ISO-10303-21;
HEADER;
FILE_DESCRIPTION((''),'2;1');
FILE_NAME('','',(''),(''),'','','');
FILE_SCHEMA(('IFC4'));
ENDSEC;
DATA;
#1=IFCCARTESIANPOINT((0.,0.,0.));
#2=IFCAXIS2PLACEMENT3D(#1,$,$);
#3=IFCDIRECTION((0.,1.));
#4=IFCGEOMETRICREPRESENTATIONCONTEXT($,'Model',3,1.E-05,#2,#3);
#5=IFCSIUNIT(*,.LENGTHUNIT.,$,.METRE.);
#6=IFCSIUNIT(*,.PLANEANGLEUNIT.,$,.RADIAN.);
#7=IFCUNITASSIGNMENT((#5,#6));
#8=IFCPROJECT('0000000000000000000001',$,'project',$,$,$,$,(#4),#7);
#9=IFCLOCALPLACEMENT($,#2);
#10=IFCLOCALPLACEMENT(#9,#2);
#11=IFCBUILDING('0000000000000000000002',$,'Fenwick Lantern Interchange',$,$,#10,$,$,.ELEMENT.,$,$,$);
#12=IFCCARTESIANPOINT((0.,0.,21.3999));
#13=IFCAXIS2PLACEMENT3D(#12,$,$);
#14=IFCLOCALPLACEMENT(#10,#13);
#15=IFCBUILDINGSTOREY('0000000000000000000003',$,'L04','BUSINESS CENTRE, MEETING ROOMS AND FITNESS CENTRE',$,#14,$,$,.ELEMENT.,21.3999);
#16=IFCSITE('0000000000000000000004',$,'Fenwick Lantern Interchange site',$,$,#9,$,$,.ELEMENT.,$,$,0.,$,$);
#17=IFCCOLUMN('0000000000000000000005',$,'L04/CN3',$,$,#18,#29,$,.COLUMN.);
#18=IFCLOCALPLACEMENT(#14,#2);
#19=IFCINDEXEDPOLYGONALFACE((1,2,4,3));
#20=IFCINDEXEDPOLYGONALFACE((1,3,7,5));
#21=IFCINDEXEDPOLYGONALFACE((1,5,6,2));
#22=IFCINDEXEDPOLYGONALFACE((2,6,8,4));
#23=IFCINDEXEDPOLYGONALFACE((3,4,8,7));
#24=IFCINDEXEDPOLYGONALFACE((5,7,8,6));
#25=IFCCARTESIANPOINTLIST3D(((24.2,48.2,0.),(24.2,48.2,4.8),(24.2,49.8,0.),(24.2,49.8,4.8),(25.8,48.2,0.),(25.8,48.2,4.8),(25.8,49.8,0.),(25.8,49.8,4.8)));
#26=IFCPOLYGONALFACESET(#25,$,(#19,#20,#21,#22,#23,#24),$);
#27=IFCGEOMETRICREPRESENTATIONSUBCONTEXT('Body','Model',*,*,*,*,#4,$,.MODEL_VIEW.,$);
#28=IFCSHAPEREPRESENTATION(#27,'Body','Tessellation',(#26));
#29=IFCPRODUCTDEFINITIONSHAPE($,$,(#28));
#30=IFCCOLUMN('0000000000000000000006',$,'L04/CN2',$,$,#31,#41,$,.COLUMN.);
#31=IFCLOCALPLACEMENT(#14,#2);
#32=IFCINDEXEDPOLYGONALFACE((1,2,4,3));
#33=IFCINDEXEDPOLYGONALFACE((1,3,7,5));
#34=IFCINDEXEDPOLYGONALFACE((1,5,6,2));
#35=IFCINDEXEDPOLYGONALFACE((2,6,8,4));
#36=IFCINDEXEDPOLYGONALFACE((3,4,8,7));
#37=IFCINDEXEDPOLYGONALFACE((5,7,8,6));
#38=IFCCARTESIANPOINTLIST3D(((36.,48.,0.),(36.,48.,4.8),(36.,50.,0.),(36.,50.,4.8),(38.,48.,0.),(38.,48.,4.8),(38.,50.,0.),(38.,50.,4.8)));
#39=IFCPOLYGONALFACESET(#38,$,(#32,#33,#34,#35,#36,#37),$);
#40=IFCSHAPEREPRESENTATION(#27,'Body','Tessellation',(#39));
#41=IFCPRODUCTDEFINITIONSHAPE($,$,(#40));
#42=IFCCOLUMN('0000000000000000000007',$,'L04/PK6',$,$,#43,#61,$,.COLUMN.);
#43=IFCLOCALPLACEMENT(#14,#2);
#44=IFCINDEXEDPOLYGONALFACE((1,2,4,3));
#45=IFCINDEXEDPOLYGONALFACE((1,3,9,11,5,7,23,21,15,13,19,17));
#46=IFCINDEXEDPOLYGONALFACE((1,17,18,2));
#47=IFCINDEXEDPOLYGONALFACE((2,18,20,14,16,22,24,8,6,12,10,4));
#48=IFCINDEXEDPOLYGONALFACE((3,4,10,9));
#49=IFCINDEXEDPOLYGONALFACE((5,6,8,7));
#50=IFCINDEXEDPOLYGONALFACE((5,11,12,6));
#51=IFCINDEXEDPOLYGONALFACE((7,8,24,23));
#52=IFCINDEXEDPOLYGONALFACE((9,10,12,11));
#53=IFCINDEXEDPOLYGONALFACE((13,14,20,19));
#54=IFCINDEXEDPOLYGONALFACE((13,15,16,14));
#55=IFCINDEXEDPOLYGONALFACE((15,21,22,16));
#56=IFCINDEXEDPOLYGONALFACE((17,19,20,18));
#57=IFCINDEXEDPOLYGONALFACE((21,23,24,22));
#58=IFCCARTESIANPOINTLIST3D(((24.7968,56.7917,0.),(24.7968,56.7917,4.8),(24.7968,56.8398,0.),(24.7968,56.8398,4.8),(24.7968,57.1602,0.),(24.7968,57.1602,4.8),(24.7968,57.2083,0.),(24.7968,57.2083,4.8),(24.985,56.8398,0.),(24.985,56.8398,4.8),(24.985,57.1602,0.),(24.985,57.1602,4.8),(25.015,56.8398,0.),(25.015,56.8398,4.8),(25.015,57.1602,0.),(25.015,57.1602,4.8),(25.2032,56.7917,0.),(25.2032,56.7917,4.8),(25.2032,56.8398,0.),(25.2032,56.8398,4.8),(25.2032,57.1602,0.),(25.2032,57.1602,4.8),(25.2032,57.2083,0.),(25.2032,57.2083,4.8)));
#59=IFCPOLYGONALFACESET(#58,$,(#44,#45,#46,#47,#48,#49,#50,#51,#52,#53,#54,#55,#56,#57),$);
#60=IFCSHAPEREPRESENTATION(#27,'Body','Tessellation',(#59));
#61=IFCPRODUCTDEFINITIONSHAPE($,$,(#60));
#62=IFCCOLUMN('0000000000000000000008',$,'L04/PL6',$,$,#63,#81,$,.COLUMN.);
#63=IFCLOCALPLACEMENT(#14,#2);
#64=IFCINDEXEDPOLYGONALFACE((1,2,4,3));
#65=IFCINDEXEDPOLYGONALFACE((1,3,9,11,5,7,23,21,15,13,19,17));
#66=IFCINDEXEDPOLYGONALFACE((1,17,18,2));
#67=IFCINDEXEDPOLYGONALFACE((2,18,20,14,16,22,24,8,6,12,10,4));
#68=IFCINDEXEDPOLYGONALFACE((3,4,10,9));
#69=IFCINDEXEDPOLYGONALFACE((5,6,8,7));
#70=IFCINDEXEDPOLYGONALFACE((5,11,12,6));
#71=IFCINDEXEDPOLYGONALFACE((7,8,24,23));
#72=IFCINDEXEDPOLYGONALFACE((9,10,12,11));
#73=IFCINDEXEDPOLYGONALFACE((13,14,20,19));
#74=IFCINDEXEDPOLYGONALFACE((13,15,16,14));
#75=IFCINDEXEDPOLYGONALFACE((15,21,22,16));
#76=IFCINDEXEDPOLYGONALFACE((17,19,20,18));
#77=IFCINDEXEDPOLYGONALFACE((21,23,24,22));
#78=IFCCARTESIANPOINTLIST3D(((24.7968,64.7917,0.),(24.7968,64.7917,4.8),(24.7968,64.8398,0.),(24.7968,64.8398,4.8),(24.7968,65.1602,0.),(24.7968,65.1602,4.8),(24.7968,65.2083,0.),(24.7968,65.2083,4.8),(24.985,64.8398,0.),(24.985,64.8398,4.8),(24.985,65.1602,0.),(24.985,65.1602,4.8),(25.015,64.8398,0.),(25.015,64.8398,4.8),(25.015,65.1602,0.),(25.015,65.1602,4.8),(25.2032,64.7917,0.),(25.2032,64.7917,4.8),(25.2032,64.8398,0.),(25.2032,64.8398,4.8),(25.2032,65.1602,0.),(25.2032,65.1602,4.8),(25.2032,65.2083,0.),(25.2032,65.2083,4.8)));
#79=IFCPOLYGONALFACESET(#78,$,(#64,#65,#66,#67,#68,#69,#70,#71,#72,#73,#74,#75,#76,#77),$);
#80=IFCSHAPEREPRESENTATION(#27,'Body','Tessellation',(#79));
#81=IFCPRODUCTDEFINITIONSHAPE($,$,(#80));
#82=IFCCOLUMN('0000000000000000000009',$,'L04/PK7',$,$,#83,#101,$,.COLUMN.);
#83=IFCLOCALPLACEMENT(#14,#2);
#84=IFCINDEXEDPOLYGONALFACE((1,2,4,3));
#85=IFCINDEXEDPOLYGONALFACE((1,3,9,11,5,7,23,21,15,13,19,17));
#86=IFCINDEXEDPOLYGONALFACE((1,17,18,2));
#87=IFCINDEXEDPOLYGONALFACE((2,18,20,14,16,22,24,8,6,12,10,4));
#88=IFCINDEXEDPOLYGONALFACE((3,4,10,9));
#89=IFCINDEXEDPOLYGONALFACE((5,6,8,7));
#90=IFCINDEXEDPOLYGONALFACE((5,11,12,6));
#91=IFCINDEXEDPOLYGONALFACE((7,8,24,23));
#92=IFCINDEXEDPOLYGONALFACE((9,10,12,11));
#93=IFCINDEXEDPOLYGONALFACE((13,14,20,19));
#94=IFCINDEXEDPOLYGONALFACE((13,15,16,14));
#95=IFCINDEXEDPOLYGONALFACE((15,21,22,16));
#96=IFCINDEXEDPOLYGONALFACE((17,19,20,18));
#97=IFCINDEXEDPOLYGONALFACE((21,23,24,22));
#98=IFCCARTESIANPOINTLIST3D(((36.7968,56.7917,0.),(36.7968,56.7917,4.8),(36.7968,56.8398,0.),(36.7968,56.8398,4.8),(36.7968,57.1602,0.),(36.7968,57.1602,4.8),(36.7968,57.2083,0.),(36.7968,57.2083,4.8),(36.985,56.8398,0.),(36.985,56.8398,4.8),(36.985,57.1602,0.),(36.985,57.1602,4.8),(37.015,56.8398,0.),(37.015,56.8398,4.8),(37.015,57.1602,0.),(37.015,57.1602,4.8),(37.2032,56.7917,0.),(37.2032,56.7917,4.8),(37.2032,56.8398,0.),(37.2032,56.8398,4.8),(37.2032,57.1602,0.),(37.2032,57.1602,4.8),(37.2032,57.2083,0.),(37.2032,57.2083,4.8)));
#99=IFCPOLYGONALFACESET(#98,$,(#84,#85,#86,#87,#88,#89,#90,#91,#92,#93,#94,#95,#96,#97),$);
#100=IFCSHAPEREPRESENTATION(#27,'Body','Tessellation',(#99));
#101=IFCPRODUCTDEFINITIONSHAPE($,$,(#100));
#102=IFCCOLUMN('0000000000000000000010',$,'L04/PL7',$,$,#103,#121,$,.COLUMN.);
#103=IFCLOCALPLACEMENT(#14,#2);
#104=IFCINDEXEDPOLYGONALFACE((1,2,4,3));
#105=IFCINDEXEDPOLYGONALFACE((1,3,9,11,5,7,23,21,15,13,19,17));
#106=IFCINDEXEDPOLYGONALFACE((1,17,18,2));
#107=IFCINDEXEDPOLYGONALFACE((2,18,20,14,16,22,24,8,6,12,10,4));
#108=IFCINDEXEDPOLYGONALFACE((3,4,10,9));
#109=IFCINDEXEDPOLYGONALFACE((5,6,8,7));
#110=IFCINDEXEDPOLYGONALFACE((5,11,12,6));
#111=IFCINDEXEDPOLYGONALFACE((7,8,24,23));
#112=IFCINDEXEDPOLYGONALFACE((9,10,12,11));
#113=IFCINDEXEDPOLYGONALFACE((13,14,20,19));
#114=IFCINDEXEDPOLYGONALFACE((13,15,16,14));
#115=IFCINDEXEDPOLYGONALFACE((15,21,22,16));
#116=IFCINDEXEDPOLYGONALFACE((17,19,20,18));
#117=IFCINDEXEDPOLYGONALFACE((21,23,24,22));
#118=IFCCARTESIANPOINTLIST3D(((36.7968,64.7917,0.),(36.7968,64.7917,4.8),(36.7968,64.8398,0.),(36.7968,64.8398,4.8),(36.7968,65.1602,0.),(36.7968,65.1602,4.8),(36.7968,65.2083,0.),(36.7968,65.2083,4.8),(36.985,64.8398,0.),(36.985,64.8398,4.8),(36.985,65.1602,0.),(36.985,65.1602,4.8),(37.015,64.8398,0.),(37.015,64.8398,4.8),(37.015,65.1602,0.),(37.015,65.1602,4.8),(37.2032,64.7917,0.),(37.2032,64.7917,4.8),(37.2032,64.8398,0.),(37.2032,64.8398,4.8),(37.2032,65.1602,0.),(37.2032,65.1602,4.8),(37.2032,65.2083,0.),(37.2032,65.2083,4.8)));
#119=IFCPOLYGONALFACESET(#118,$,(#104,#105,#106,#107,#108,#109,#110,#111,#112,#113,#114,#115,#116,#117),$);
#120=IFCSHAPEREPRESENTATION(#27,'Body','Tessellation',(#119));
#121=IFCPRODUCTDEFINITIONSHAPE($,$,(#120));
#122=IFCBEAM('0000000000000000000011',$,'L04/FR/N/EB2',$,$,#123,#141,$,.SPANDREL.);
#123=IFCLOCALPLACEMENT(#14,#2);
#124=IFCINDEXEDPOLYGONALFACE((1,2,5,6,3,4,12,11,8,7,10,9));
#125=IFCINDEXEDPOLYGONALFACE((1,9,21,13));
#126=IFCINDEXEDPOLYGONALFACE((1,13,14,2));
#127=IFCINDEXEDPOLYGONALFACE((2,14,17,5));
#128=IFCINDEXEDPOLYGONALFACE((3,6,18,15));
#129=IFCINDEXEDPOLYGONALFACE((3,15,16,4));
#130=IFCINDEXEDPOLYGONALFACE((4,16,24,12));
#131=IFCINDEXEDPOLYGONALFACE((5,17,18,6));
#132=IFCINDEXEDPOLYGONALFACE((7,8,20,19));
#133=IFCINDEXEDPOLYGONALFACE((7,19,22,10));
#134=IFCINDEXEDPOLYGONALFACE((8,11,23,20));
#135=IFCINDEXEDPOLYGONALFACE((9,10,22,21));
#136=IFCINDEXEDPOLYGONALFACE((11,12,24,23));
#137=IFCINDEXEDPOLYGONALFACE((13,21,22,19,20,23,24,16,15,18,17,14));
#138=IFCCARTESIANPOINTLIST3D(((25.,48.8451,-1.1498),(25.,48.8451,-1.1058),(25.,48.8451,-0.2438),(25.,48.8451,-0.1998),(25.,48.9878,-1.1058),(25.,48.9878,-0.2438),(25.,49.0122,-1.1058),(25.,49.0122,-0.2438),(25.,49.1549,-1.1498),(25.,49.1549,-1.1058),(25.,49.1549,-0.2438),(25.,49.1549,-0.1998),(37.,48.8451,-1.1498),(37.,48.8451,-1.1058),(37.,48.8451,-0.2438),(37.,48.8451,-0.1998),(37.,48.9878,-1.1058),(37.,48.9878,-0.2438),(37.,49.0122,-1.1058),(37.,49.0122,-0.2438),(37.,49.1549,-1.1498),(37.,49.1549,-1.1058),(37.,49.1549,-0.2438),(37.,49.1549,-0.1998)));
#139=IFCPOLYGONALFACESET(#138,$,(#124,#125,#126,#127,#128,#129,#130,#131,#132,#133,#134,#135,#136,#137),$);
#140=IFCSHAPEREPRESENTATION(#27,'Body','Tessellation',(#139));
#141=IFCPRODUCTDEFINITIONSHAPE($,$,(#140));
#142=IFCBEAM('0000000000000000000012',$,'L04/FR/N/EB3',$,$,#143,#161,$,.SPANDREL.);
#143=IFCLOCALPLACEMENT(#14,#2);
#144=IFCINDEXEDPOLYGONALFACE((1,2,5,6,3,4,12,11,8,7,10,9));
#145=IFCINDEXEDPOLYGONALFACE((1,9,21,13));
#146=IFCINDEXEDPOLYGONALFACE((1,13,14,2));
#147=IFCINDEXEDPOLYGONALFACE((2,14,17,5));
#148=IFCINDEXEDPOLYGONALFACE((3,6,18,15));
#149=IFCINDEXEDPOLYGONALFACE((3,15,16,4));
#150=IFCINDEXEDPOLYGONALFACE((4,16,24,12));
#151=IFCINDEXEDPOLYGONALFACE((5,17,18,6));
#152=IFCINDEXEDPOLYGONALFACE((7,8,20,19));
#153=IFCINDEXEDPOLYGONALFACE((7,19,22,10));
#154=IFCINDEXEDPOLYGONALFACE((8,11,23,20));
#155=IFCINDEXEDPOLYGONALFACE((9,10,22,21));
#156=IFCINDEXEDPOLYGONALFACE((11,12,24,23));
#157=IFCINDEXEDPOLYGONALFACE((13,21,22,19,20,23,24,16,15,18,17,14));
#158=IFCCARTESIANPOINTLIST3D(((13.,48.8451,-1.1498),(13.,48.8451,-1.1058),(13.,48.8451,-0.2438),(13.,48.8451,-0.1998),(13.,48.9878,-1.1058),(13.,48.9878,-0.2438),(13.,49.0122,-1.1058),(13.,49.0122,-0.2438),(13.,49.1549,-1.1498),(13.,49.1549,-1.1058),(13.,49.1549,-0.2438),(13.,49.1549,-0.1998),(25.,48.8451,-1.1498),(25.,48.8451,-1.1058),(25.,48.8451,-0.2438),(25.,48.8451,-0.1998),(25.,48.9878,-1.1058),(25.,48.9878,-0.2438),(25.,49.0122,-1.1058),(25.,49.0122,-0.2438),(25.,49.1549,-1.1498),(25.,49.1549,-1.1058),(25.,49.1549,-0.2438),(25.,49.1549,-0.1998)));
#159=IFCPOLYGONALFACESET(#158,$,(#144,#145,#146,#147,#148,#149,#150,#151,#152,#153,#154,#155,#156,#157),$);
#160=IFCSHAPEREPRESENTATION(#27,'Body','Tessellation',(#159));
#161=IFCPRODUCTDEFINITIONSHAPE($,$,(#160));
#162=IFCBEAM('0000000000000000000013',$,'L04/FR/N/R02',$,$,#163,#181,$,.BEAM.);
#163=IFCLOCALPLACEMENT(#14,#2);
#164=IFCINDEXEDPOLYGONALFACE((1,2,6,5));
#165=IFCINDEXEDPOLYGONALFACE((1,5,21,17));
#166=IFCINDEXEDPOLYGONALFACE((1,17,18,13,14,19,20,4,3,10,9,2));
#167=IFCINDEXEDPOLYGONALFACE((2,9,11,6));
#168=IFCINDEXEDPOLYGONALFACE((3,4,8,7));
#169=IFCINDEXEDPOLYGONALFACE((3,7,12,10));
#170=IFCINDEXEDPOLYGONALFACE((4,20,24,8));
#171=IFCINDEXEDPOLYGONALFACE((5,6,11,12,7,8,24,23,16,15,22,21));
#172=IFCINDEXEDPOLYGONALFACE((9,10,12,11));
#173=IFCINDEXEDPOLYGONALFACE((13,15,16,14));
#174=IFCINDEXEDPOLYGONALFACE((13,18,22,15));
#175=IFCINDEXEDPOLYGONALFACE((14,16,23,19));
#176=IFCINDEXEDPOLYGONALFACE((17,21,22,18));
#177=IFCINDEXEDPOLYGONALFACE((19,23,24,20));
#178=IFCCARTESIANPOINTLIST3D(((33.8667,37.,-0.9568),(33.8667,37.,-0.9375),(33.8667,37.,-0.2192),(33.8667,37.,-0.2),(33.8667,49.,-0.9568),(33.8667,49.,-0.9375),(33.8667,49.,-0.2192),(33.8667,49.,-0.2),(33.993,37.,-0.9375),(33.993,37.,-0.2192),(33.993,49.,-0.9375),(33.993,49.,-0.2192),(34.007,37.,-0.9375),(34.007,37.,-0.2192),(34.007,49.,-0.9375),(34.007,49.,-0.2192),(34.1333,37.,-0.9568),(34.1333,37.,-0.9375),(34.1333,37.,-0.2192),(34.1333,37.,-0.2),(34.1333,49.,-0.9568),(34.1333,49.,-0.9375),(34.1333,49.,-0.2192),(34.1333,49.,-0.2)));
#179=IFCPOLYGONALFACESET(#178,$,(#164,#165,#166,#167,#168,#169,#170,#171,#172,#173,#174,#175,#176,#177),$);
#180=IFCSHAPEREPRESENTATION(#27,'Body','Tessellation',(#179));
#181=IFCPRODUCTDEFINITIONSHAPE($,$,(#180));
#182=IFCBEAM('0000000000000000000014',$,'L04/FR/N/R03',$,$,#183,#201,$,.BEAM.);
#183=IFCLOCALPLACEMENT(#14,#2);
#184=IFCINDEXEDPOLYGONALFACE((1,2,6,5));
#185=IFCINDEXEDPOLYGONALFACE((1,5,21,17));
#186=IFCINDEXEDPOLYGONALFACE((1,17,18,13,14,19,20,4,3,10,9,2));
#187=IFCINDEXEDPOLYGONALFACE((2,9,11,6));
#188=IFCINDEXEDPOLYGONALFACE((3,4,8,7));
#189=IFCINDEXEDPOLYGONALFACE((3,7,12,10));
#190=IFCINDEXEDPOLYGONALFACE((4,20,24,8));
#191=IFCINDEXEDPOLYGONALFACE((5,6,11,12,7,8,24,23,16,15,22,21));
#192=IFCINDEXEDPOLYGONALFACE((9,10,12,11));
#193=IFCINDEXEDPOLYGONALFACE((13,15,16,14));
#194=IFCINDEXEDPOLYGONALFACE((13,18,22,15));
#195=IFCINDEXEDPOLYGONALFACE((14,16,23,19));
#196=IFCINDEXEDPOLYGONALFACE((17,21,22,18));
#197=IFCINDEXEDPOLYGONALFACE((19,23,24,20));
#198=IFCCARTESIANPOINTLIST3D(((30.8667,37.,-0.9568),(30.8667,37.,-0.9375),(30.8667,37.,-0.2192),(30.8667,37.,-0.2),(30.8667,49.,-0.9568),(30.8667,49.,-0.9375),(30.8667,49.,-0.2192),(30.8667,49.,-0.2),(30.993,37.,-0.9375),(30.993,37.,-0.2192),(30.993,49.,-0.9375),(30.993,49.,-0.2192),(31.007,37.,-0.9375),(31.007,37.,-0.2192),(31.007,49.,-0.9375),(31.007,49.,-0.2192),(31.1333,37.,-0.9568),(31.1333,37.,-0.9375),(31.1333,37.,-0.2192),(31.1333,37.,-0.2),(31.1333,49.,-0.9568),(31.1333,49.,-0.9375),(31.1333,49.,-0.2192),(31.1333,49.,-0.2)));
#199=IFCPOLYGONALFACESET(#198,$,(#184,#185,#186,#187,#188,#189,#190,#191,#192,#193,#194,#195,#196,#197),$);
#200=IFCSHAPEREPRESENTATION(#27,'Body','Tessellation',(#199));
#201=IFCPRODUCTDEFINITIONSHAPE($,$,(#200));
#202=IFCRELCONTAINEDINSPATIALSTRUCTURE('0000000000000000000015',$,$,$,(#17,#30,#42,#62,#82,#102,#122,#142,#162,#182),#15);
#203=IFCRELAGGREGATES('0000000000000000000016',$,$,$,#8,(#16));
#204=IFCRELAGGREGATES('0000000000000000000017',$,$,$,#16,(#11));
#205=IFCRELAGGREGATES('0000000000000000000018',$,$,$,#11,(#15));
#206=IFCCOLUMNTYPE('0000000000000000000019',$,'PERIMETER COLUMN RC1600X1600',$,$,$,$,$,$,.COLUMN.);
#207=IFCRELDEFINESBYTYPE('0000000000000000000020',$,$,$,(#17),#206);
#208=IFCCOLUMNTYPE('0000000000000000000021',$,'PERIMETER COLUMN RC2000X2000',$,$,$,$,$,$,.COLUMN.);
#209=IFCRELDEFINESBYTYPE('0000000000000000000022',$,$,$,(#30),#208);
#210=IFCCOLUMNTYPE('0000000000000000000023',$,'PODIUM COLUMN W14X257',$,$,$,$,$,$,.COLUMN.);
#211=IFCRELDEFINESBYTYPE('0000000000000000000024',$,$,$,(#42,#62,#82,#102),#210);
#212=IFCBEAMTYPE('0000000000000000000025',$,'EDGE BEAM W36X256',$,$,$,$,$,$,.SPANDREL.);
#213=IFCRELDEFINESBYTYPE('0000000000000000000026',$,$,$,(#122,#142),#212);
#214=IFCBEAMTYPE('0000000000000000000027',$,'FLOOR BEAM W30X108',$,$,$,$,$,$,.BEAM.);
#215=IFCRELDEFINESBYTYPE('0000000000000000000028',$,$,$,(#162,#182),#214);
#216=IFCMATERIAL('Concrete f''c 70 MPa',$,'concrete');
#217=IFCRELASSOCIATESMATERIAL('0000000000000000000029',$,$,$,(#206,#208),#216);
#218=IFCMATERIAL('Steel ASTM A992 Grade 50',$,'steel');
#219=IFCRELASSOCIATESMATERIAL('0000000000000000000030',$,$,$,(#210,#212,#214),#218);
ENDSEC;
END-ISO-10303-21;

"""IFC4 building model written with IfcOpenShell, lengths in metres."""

from ifc_helpers import new_model, si_unit, direction, frame, origin, origin_2d, place, context, subcontext, project, spatial, rectangle, i_section, extrude, material, material_profile, profile_set, type_object, element, save


model = new_model("IFC4")

# Units and contexts
model_context = context("Model", 3, precision=1e-05, world=origin(), true_north=direction((0.0, 1.0)))
body_context = subcontext(model_context, "Body", "Model", "MODEL_VIEW")
ifc_project = project(units=[si_unit("LENGTHUNIT", "METRE"), si_unit("PLANEANGLEUNIT", "RADIAN")], contexts=[model_context])

# Site, building, storey
site_placement = place(None, origin())
site = spatial("IfcSite", under=ifc_project, at=site_placement, Name="Fenwick Lantern Interchange site", CompositionType="ELEMENT", RefElevation=0.0)
building_placement = place(site_placement, origin())
building = spatial("IfcBuilding", under=site, at=building_placement, Name="Fenwick Lantern Interchange", CompositionType="ELEMENT")
storey_placement = place(building_placement, frame((0.0, 0.0, 21.3999)))
storey = spatial("IfcBuildingStorey", under=building, at=storey_placement, Name="L04", Description="BUSINESS CENTRE, MEETING ROOMS AND FITNESS CENTRE", CompositionType="ELEMENT", Elevation=21.3999)

# Columns
ifc_material_1 = material(Name="Concrete f'c 70 MPa", Category="concrete")
ifc_material_profile_1 = material_profile(ifc_material_1, rectangle(XDim=1.6001, YDim=1.6001, at=origin_2d()), Name="RC1600X1600")
ifc_profile_set_1 = profile_set([ifc_material_profile_1], Name="Concrete f'c 70 MPa")
column_type_1 = type_object("IfcColumnType", Name="PERIMETER COLUMN RC1600X1600", PredefinedType="COLUMN", material=ifc_profile_set_1)
column_1_placement = place(storey_placement, frame((25.0, 49.0, 0.0), z_axis=(0.0, 0.0, 1.0), x_axis=(1.0, 0.0, 0.0)))
element("IfcColumn", 1, at=column_1_placement, inside=storey, type_object=column_type_1, Name="L04/CN3", PredefinedType="COLUMN", context=body_context, shape_type="SweptSolid", body=[
    extrude(rectangle(XDim=1.6001, YDim=1.6001, at=origin_2d()), origin(), (0.0, 0.0, 1.0), 4.8),
])
ifc_material_profile_2 = material_profile(ifc_material_1, rectangle(XDim=2.0, YDim=2.0, at=origin_2d()), Name="RC2000X2000")
ifc_profile_set_2 = profile_set([ifc_material_profile_2], Name="Concrete f'c 70 MPa")
column_type_2 = type_object("IfcColumnType", Name="PERIMETER COLUMN RC2000X2000", PredefinedType="COLUMN", material=ifc_profile_set_2)
column_2_placement = place(storey_placement, frame((37.0, 49.0, 0.0), z_axis=(0.0, 0.0, 1.0), x_axis=(1.0, 0.0, 0.0)))
element("IfcColumn", 2, at=column_2_placement, inside=storey, type_object=column_type_2, Name="L04/CN2", PredefinedType="COLUMN", context=body_context, shape_type="SweptSolid", body=[
    extrude(rectangle(XDim=2.0, YDim=2.0, at=origin_2d()), origin(), (0.0, 0.0, 1.0), 4.8),
])
ifc_material_2 = material(Name="Steel ASTM A992 Grade 50", Category="steel")
ifc_material_profile_3 = material_profile(ifc_material_2, i_section(OverallWidth=0.4065, OverallDepth=0.4165, WebThickness=0.03, FlangeThickness=0.0481, at=origin_2d()), Name="W14X257")
ifc_profile_set_3 = profile_set([ifc_material_profile_3], Name="Steel ASTM A992 Grade 50")
column_type_3 = type_object("IfcColumnType", Name="PODIUM COLUMN W14X257", PredefinedType="COLUMN", material=ifc_profile_set_3)
for number, where, z_axis, x_axis, name in (
    (3, (25.0, 57.0, 0.0), (0.0, 0.0, 1.0), (1.0, 0.0, 0.0), "L04/PK6"),
    (4, (25.0, 65.0, 0.0), (0.0, 0.0, 1.0), (1.0, 0.0, 0.0), "L04/PL6"),
    (5, (37.0, 57.0, 0.0), (0.0, 0.0, 1.0), (1.0, 0.0, 0.0), "L04/PK7"),
    (6, (37.0, 65.0, 0.0), (0.0, 0.0, 1.0), (1.0, 0.0, 0.0), "L04/PL7"),
):
    element("IfcColumn", number, at=place(storey_placement, frame(where, z_axis=z_axis, x_axis=x_axis)), inside=storey, type_object=column_type_3, Name=name, PredefinedType="COLUMN", context=body_context, shape_type="SweptSolid", body=[
        extrude(i_section(OverallWidth=0.4065, OverallDepth=0.4165, WebThickness=0.03, FlangeThickness=0.0481, at=origin_2d()), origin(), (0.0, 0.0, 1.0), 4.8),
    ])

# Beams
ifc_material_profile_4 = material_profile(ifc_material_2, i_section(OverallWidth=0.3098, OverallDepth=0.95, WebThickness=0.0244, FlangeThickness=0.0439, at=origin_2d()), Name="W36X256")
ifc_profile_set_4 = profile_set([ifc_material_profile_4], Name="Steel ASTM A992 Grade 50")
beam_type_1 = type_object("IfcBeamType", Name="EDGE BEAM W36X256", PredefinedType="SPANDREL", material=ifc_profile_set_4)
for number, where, z_axis, x_axis, name in (
    (7, (37.0, 49.0, -0.6748), (-1.0, 0.0, 0.0), (0.0, -1.0, 0.0), "L04/FR/N/EB2"),
    (8, (25.0, 49.0, -0.6748), (-1.0, 0.0, 0.0), (0.0, -1.0, 0.0), "L04/FR/N/EB3"),
):
    element("IfcBeam", number, at=place(storey_placement, frame(where, z_axis=z_axis, x_axis=x_axis)), inside=storey, type_object=beam_type_1, Name=name, PredefinedType="SPANDREL", context=body_context, shape_type="SweptSolid", body=[
        extrude(i_section(OverallWidth=0.3098, OverallDepth=0.95, WebThickness=0.0244, FlangeThickness=0.0439, at=origin_2d()), origin(), (0.0, 0.0, 1.0), 12.0),
    ])
ifc_material_profile_5 = material_profile(ifc_material_2, i_section(OverallWidth=0.2666, OverallDepth=0.7568, WebThickness=0.0139, FlangeThickness=0.0193, at=origin_2d()), Name="W30X108")
ifc_profile_set_5 = profile_set([ifc_material_profile_5], Name="Steel ASTM A992 Grade 50")
beam_type_2 = type_object("IfcBeamType", Name="FLOOR BEAM W30X108", PredefinedType="BEAM", material=ifc_profile_set_5)
for number, where, z_axis, x_axis, name in (
    (9, (34.0, 49.0, -0.5784), (0.0, -1.0, 0.0), (1.0, 0.0, 0.0), "L04/FR/N/R02"),
    (10, (31.0, 49.0, -0.5784), (0.0, -1.0, 0.0), (1.0, 0.0, 0.0), "L04/FR/N/R03"),
):
    element("IfcBeam", number, at=place(storey_placement, frame(where, z_axis=z_axis, x_axis=x_axis)), inside=storey, type_object=beam_type_2, Name=name, PredefinedType="BEAM", context=body_context, shape_type="SweptSolid", body=[
        extrude(i_section(OverallWidth=0.2666, OverallDepth=0.7568, WebThickness=0.0139, FlangeThickness=0.0193, at=origin_2d()), origin(), (0.0, 0.0, 1.0), 12.0),
    ])

save(model, "model.ifc")
